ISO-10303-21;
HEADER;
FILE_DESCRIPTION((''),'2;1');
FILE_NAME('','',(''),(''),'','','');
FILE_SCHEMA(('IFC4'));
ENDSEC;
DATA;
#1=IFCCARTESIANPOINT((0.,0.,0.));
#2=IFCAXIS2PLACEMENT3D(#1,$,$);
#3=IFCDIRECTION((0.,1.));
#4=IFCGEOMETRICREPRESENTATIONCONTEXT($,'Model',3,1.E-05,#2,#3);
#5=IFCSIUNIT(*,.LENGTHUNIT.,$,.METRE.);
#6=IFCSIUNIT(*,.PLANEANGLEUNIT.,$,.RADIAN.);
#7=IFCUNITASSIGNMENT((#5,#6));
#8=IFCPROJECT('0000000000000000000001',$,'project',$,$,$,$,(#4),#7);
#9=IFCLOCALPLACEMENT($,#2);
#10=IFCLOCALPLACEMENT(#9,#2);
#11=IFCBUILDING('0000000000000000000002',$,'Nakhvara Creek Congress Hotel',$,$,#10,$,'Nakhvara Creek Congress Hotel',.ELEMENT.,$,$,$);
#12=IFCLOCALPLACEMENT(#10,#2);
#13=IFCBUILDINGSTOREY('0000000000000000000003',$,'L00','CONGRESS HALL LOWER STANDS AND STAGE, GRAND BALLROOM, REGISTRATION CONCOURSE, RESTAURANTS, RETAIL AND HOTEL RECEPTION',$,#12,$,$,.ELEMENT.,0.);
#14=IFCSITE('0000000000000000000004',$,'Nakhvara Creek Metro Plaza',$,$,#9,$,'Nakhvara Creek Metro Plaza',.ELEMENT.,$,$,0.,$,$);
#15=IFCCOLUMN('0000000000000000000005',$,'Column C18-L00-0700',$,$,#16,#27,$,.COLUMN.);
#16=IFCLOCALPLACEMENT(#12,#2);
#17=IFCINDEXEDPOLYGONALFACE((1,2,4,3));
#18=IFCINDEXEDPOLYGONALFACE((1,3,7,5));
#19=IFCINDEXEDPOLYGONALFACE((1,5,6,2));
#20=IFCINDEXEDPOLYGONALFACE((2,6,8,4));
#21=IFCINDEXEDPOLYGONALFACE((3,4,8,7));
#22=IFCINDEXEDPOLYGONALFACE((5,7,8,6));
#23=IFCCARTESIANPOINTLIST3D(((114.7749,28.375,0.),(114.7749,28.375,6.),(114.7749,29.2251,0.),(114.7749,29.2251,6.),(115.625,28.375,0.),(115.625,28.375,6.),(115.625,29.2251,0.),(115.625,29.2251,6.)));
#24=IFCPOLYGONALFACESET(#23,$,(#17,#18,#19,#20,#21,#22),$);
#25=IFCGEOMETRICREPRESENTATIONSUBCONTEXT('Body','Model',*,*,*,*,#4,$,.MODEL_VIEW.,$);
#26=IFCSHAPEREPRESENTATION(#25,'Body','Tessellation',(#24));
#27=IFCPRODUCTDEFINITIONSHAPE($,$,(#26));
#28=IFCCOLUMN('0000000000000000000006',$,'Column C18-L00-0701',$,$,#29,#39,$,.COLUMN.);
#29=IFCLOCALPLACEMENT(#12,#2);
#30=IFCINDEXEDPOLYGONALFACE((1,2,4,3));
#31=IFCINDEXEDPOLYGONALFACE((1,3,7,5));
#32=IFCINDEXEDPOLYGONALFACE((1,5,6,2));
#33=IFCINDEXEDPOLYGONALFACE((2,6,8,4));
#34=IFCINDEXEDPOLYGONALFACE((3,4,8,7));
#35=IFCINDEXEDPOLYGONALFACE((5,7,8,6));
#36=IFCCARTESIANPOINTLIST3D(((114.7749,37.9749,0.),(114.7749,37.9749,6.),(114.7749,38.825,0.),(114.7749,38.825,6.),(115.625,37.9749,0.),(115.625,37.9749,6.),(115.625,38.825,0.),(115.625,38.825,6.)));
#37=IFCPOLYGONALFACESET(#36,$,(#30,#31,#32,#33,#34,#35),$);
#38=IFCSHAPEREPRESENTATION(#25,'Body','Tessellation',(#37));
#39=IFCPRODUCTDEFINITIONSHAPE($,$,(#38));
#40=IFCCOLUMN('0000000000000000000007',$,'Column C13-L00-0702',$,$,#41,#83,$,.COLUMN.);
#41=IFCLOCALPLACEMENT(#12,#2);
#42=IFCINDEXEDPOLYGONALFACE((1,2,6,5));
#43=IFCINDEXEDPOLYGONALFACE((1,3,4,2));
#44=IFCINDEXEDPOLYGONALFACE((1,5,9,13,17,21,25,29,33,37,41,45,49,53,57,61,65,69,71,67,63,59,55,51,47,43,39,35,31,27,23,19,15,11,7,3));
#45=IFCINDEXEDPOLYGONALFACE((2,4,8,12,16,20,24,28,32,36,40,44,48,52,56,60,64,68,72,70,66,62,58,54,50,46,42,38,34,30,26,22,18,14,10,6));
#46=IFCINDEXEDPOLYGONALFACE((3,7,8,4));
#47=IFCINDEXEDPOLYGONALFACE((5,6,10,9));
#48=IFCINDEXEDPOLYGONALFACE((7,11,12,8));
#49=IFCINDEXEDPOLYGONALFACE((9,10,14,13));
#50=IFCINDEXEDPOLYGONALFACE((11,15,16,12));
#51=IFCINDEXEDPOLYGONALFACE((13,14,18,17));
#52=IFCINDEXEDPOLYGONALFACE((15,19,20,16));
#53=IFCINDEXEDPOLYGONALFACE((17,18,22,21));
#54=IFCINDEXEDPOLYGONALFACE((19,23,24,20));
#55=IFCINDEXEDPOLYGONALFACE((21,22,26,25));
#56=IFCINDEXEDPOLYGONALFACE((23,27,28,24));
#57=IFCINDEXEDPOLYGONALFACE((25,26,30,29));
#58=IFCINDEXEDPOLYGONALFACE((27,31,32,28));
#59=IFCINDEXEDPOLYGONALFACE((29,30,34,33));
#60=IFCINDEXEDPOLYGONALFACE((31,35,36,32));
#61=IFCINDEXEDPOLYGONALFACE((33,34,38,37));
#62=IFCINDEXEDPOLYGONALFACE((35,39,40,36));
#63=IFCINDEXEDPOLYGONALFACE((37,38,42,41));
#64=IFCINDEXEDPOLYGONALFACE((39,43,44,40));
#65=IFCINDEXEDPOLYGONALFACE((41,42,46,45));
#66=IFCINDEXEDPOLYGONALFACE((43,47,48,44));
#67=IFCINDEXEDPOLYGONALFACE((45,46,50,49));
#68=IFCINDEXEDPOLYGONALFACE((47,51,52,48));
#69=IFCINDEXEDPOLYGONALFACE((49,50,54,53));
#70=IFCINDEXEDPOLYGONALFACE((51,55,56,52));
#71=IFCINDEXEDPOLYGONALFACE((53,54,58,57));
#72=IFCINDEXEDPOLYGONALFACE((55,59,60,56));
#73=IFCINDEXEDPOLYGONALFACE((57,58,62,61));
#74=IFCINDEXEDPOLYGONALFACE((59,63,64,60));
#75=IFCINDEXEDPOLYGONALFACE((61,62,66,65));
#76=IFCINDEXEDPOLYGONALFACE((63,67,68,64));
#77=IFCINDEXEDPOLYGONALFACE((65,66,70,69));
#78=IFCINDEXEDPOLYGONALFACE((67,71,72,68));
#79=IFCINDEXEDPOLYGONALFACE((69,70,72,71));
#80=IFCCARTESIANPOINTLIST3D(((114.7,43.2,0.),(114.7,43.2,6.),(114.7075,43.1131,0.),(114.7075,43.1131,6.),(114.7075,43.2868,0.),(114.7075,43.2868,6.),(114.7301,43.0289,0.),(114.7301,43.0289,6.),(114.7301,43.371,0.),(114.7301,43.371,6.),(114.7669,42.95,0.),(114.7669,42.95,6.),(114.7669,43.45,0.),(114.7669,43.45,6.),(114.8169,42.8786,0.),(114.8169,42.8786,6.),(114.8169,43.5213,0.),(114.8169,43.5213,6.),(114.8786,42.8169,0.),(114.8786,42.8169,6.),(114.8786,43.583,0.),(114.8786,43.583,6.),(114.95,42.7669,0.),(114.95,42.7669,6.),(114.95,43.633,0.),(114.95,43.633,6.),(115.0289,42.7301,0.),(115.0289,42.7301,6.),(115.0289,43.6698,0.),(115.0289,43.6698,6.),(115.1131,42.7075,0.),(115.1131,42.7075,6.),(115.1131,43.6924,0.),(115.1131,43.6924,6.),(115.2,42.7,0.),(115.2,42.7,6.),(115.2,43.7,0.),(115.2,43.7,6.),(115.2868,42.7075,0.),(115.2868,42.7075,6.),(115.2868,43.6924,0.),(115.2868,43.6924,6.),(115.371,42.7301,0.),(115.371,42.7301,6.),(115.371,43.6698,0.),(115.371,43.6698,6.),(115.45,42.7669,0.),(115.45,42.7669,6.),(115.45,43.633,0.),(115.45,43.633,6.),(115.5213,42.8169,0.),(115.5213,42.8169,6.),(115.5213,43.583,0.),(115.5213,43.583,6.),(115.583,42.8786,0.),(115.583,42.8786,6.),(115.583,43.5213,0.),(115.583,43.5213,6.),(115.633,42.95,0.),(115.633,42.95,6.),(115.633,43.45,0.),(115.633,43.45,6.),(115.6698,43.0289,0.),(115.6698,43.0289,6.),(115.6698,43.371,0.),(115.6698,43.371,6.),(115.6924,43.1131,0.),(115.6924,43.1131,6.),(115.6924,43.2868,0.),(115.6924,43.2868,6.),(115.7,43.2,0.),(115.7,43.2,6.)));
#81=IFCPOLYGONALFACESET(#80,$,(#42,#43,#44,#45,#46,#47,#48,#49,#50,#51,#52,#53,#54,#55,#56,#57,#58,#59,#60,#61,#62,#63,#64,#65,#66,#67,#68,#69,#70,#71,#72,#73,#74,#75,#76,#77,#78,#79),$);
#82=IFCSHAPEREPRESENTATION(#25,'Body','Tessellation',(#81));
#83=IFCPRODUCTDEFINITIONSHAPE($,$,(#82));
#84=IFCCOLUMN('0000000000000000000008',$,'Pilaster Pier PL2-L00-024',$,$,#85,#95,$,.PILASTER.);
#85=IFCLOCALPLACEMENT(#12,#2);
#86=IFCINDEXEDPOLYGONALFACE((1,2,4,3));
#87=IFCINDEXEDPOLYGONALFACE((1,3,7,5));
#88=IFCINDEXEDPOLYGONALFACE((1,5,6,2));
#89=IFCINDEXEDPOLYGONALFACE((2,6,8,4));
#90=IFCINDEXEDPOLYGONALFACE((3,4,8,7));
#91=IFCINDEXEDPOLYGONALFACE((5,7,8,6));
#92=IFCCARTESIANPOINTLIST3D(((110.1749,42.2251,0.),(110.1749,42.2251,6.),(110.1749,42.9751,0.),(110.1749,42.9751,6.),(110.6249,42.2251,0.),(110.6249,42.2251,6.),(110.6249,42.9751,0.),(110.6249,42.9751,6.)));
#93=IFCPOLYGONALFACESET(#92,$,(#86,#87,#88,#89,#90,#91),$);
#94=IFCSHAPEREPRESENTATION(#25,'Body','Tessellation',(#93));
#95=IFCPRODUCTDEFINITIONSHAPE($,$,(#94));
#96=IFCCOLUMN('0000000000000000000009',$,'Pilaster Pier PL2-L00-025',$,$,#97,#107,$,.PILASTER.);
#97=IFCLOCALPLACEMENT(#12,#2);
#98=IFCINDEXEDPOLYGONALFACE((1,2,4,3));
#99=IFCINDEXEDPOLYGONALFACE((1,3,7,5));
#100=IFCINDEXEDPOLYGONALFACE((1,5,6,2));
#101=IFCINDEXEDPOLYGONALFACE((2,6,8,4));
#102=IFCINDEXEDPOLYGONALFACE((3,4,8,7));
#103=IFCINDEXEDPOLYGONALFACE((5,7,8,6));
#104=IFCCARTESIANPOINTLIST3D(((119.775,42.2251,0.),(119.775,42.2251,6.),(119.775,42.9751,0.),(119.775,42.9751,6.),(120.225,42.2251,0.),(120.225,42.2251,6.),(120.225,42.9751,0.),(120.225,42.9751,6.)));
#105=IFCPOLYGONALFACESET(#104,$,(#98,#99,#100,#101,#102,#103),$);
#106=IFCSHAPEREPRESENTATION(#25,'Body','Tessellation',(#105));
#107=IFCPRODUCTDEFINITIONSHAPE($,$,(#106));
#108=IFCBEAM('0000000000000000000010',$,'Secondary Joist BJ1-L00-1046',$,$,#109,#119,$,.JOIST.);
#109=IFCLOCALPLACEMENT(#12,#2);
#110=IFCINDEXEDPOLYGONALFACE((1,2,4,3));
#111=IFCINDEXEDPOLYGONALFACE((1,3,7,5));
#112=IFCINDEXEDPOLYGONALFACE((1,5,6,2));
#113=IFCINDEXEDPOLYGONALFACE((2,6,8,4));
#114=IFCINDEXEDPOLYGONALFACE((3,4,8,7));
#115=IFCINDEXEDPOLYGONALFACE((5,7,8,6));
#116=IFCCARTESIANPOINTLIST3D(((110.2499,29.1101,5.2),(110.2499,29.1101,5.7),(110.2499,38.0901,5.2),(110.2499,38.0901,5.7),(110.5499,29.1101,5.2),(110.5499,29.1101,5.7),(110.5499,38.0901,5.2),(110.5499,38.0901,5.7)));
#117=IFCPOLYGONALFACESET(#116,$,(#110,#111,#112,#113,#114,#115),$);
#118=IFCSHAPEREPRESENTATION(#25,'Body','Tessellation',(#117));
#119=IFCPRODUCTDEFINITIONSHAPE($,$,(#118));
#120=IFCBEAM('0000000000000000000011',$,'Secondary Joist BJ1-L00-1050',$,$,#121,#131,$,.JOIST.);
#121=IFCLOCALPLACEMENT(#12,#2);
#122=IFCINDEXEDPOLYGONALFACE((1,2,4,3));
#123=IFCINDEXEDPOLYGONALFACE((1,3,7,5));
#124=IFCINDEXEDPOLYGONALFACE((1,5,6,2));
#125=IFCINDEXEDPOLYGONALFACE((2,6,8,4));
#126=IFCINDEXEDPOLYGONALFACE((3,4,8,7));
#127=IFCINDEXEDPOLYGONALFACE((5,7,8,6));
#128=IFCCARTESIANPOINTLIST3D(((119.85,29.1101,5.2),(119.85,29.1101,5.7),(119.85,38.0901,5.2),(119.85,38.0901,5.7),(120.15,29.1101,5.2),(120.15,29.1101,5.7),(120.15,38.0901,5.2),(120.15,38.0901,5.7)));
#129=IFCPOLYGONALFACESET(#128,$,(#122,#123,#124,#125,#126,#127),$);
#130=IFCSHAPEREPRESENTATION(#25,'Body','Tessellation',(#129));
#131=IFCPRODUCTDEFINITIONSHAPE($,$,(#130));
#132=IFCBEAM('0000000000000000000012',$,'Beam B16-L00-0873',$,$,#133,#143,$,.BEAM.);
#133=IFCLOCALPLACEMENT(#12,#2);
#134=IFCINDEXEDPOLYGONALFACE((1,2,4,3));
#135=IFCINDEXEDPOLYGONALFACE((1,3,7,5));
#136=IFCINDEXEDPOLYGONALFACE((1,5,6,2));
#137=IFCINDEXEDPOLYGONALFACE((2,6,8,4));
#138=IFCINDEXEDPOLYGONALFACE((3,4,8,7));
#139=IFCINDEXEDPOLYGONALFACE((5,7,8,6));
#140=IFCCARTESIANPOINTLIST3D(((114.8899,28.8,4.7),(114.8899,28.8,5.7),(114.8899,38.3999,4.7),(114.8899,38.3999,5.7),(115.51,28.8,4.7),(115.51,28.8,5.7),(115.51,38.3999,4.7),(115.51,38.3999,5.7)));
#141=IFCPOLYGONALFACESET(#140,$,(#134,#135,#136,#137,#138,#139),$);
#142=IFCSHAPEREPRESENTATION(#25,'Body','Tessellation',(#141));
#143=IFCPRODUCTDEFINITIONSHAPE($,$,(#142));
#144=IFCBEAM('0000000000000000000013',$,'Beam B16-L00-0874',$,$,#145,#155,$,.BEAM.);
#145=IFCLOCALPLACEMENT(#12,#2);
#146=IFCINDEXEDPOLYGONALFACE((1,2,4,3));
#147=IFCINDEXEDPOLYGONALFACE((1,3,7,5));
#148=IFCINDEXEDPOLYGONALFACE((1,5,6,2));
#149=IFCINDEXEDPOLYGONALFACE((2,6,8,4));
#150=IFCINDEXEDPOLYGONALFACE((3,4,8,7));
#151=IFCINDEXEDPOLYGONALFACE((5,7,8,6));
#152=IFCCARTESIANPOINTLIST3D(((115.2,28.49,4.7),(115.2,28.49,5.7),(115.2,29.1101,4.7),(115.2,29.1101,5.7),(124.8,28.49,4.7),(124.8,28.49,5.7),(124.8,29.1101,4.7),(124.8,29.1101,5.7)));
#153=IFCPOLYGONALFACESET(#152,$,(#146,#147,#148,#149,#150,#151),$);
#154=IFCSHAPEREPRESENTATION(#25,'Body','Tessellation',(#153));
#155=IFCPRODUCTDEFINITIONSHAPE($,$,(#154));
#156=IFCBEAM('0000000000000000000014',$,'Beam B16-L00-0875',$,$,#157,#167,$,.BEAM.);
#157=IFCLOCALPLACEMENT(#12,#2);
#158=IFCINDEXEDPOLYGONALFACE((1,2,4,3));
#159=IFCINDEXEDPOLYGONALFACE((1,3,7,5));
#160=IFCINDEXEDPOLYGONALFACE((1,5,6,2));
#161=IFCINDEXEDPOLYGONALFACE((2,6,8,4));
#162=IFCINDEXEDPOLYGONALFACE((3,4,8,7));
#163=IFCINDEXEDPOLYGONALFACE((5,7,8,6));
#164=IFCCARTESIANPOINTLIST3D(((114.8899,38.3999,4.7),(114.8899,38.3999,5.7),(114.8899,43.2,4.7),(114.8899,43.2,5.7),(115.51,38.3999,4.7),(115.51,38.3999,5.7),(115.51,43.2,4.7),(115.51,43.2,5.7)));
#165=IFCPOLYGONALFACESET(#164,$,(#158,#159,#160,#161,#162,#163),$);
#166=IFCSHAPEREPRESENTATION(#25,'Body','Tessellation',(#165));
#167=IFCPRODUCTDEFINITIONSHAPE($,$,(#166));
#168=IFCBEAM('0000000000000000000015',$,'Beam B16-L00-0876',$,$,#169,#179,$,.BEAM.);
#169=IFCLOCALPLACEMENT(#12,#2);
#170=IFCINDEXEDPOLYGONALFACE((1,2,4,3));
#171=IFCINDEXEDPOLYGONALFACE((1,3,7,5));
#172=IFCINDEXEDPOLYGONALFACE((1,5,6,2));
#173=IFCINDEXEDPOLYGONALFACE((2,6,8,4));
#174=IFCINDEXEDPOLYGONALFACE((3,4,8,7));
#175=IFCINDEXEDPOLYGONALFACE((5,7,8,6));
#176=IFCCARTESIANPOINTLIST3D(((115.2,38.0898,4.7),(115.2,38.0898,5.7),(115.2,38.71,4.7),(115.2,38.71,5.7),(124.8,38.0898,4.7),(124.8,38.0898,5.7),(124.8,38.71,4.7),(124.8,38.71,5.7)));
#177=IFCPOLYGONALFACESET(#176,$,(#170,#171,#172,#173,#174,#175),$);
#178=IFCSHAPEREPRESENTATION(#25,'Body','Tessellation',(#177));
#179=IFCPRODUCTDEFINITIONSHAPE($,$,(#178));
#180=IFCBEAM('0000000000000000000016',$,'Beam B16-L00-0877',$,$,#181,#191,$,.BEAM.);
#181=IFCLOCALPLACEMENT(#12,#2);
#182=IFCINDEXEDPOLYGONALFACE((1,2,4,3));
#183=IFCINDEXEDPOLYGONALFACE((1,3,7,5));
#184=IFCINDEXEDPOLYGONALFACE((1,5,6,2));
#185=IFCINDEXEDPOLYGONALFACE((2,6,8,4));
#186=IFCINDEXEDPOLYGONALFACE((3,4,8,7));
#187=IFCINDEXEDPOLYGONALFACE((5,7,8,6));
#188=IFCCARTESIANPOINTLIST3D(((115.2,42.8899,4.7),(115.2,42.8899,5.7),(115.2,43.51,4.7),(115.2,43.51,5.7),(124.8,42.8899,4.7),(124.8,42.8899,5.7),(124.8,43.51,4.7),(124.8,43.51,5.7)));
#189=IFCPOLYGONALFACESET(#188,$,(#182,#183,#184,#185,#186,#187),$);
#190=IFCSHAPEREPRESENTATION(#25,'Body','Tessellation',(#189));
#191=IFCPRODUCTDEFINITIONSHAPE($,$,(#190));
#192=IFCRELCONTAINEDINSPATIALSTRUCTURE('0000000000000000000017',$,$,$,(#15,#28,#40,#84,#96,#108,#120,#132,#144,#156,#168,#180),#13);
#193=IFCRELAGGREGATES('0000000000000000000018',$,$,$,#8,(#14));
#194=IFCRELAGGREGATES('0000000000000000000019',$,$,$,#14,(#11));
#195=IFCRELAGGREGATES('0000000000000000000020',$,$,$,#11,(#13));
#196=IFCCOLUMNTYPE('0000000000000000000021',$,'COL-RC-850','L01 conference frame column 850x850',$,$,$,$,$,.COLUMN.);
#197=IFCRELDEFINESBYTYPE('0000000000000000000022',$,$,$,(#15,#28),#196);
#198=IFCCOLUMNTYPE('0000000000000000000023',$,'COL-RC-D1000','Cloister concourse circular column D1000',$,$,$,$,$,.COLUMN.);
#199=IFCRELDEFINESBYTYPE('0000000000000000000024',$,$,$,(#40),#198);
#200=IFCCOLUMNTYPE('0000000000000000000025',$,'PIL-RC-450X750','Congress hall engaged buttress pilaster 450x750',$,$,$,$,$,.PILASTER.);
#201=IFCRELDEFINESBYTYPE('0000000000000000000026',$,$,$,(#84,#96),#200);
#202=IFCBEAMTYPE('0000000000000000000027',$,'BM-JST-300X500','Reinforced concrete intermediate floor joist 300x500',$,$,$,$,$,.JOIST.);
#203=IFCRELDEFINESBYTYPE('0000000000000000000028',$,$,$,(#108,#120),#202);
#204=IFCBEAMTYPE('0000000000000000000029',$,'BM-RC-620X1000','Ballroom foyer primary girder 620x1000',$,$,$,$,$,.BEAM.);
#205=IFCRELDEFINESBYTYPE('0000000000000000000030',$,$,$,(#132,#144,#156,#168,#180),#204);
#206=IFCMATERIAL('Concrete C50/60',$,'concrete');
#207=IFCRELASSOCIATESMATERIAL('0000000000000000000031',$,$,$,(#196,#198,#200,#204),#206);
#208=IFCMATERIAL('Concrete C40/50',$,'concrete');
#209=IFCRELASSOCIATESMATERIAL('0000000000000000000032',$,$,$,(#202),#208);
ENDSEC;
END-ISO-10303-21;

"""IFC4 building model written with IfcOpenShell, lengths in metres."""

from ifc_helpers import new_model, si_unit, direction, frame, origin, origin_2d, place, context, subcontext, project, spatial, rectangle, circle, extrude, material, material_profile, profile_set, type_object, element, save


model = new_model("IFC4")

# Units and contexts
model_context = context("Model", 3, precision=1e-05, world=origin(), true_north=direction((0.0, 1.0)))
body_context = subcontext(model_context, "Body", "Model", "MODEL_VIEW")
ifc_project = project(units=[si_unit("LENGTHUNIT", "METRE"), si_unit("PLANEANGLEUNIT", "RADIAN")], contexts=[model_context])

# Site, building, storey
site_placement = place(None, origin())
site = spatial("IfcSite", under=ifc_project, at=site_placement, Name="Nakhvara Creek Metro Plaza", LongName="Nakhvara Creek Metro Plaza", CompositionType="ELEMENT", RefElevation=0.0)
building_placement = place(site_placement, origin())
building = spatial("IfcBuilding", under=site, at=building_placement, Name="Nakhvara Creek Congress Hotel", LongName="Nakhvara Creek Congress Hotel", CompositionType="ELEMENT")
storey_placement = place(building_placement, origin())
storey = spatial("IfcBuildingStorey", under=building, at=storey_placement, Name="L00", Description="CONGRESS HALL LOWER STANDS AND STAGE, GRAND BALLROOM, REGISTRATION CONCOURSE, RESTAURANTS, RETAIL AND HOTEL RECEPTION", CompositionType="ELEMENT", Elevation=0.0)

# Columns
ifc_material_1 = material(Name="Concrete C50/60", Category="concrete")
ifc_material_profile_1 = material_profile(ifc_material_1, rectangle(XDim=0.8501, YDim=0.8501, at=origin_2d()), Name="RC-COL 850x850", Category="LoadBearing")
ifc_profile_set_1 = profile_set([ifc_material_profile_1], Name="Concrete C50/60")
column_type_1 = type_object("IfcColumnType", Name="COL-RC-850", Description="L01 conference frame column 850x850", PredefinedType="COLUMN", material=ifc_profile_set_1)
for number, where, z_axis, x_axis, name in (
    (1, (115.2, 28.8, 0.0), (0.0, 0.0, 1.0), (1.0, 0.0, 0.0), "Column C18-L00-0700"),
    (2, (115.2, 38.3999, 0.0), (0.0, 0.0, 1.0), (1.0, 0.0, 0.0), "Column C18-L00-0701"),
):
    element("IfcColumn", number, at=place(storey_placement, frame(where, z_axis=z_axis, x_axis=x_axis)), inside=storey, type_object=column_type_1, Name=name, PredefinedType="COLUMN", context=body_context, shape_type="SweptSolid", body=[
        extrude(rectangle(XDim=0.8501, YDim=0.8501, at=origin_2d()), origin(), (0.0, 0.0, 1.0), 6.0),
    ])
ifc_material_profile_2 = material_profile(ifc_material_1, circle(Radius=0.5, at=origin_2d()), Name="RC-COL D1000", Category="LoadBearing")
ifc_profile_set_2 = profile_set([ifc_material_profile_2], Name="Concrete C50/60")
column_type_2 = type_object("IfcColumnType", Name="COL-RC-D1000", Description="Cloister concourse circular column D1000", PredefinedType="COLUMN", material=ifc_profile_set_2)
column_placement = place(storey_placement, frame((115.2, 43.2, 0.0), z_axis=(0.0, 0.0, 1.0), x_axis=(1.0, 0.0, 0.0)))
element("IfcColumn", 3, at=column_placement, inside=storey, type_object=column_type_2, Name="Column C13-L00-0702", PredefinedType="COLUMN", context=body_context, shape_type="SweptSolid", body=[
    extrude(circle(Radius=0.5, at=origin_2d()), origin(), (0.0, 0.0, 1.0), 6.0),
])
ifc_material_profile_3 = material_profile(ifc_material_1, rectangle(XDim=0.45, YDim=0.75, at=origin_2d()), Name="RC-PIL 450x750", Category="LoadBearing")
ifc_profile_set_3 = profile_set([ifc_material_profile_3], Name="Concrete C50/60")
column_type_3 = type_object("IfcColumnType", Name="PIL-RC-450X750", Description="Congress hall engaged buttress pilaster 450x750", PredefinedType="PILASTER", material=ifc_profile_set_3)
for number, where, z_axis, x_axis, name in (
    (4, (110.3999, 42.6001, 0.0), (0.0, 0.0, 1.0), (1.0, 0.0, 0.0), "Pilaster Pier PL2-L00-024"),
    (5, (120.0, 42.6001, 0.0), (0.0, 0.0, 1.0), (1.0, 0.0, 0.0), "Pilaster Pier PL2-L00-025"),
):
    element("IfcColumn", number, at=place(storey_placement, frame(where, z_axis=z_axis, x_axis=x_axis)), inside=storey, type_object=column_type_3, Name=name, PredefinedType="PILASTER", context=body_context, shape_type="SweptSolid", body=[
        extrude(rectangle(XDim=0.45, YDim=0.75, at=origin_2d()), origin(), (0.0, 0.0, 1.0), 6.0),
    ])

# Beams
ifc_material_2 = material(Name="Concrete C40/50", Category="concrete")
ifc_material_profile_4 = material_profile(ifc_material_2, rectangle(XDim=0.3, YDim=0.5, at=origin_2d()), Name="RC-BM 300x500", Category="LoadBearing")
ifc_profile_set_4 = profile_set([ifc_material_profile_4], Name="Concrete C40/50")
beam_type_1 = type_object("IfcBeamType", Name="BM-JST-300X500", Description="Reinforced concrete intermediate floor joist 300x500", PredefinedType="JOIST", material=ifc_profile_set_4)
for number, where, z_axis, x_axis, name in (
    (6, (110.3999, 29.1101, 5.45), (0.0, 1.0, 0.0), (-1.0, 0.0, 0.0), "Secondary Joist BJ1-L00-1046"),
    (7, (120.0, 29.1101, 5.45), (0.0, 1.0, 0.0), (-1.0, 0.0, 0.0), "Secondary Joist BJ1-L00-1050"),
):
    element("IfcBeam", number, at=place(storey_placement, frame(where, z_axis=z_axis, x_axis=x_axis)), inside=storey, type_object=beam_type_1, Name=name, PredefinedType="JOIST", context=body_context, shape_type="SweptSolid", body=[
        extrude(rectangle(XDim=0.3, YDim=0.5, at=origin_2d()), origin(), (0.0, 0.0, 1.0), 8.98),
    ])
ifc_material_profile_5 = material_profile(ifc_material_1, rectangle(XDim=0.6201, YDim=1.0, at=origin_2d()), Name="RC-BM 620x1000", Category="LoadBearing")
ifc_profile_set_5 = profile_set([ifc_material_profile_5], Name="Concrete C50/60")
beam_type_2 = type_object("IfcBeamType", Name="BM-RC-620X1000", Description="Ballroom foyer primary girder 620x1000", PredefinedType="BEAM", material=ifc_profile_set_5)
beam_1_placement = place(storey_placement, frame((115.2, 28.8, 5.2), z_axis=(0.0, 1.0, 0.0), x_axis=(-1.0, 0.0, 0.0)))
element("IfcBeam", 8, at=beam_1_placement, inside=storey, type_object=beam_type_2, Name="Beam B16-L00-0873", PredefinedType="BEAM", context=body_context, shape_type="SweptSolid", body=[
    extrude(rectangle(XDim=0.6201, YDim=1.0, at=origin_2d()), origin(), (0.0, 0.0, 1.0), 9.5999),
])
beam_2_placement = place(storey_placement, frame((115.2, 28.8, 5.2), z_axis=(1.0, 0.0, 0.0), x_axis=(0.0, 1.0, 0.0)))
element("IfcBeam", 9, at=beam_2_placement, inside=storey, type_object=beam_type_2, Name="Beam B16-L00-0874", PredefinedType="BEAM", context=body_context, shape_type="SweptSolid", body=[
    extrude(rectangle(XDim=0.6201, YDim=1.0, at=origin_2d()), origin(), (0.0, 0.0, 1.0), 9.6001),
])
beam_3_placement = place(storey_placement, frame((115.2, 38.3999, 5.2), z_axis=(0.0, 1.0, 0.0), x_axis=(-1.0, 0.0, 0.0)))
element("IfcBeam", 10, at=beam_3_placement, inside=storey, type_object=beam_type_2, Name="Beam B16-L00-0875", PredefinedType="BEAM", context=body_context, shape_type="SweptSolid", body=[
    extrude(rectangle(XDim=0.6201, YDim=1.0, at=origin_2d()), origin(), (0.0, 0.0, 1.0), 4.8),
])
for number, where, z_axis, x_axis, name in (
    (11, (115.2, 38.3999, 5.2), (1.0, 0.0, 0.0), (0.0, 1.0, 0.0), "Beam B16-L00-0876"),
    (12, (115.2, 43.2, 5.2), (1.0, 0.0, 0.0), (0.0, 1.0, 0.0), "Beam B16-L00-0877"),
):
    element("IfcBeam", number, at=place(storey_placement, frame(where, z_axis=z_axis, x_axis=x_axis)), inside=storey, type_object=beam_type_2, Name=name, PredefinedType="BEAM", context=body_context, shape_type="SweptSolid", body=[
        extrude(rectangle(XDim=0.6201, YDim=1.0, at=origin_2d()), origin(), (0.0, 0.0, 1.0), 9.6001),
    ])

save(model, "model.ifc")
